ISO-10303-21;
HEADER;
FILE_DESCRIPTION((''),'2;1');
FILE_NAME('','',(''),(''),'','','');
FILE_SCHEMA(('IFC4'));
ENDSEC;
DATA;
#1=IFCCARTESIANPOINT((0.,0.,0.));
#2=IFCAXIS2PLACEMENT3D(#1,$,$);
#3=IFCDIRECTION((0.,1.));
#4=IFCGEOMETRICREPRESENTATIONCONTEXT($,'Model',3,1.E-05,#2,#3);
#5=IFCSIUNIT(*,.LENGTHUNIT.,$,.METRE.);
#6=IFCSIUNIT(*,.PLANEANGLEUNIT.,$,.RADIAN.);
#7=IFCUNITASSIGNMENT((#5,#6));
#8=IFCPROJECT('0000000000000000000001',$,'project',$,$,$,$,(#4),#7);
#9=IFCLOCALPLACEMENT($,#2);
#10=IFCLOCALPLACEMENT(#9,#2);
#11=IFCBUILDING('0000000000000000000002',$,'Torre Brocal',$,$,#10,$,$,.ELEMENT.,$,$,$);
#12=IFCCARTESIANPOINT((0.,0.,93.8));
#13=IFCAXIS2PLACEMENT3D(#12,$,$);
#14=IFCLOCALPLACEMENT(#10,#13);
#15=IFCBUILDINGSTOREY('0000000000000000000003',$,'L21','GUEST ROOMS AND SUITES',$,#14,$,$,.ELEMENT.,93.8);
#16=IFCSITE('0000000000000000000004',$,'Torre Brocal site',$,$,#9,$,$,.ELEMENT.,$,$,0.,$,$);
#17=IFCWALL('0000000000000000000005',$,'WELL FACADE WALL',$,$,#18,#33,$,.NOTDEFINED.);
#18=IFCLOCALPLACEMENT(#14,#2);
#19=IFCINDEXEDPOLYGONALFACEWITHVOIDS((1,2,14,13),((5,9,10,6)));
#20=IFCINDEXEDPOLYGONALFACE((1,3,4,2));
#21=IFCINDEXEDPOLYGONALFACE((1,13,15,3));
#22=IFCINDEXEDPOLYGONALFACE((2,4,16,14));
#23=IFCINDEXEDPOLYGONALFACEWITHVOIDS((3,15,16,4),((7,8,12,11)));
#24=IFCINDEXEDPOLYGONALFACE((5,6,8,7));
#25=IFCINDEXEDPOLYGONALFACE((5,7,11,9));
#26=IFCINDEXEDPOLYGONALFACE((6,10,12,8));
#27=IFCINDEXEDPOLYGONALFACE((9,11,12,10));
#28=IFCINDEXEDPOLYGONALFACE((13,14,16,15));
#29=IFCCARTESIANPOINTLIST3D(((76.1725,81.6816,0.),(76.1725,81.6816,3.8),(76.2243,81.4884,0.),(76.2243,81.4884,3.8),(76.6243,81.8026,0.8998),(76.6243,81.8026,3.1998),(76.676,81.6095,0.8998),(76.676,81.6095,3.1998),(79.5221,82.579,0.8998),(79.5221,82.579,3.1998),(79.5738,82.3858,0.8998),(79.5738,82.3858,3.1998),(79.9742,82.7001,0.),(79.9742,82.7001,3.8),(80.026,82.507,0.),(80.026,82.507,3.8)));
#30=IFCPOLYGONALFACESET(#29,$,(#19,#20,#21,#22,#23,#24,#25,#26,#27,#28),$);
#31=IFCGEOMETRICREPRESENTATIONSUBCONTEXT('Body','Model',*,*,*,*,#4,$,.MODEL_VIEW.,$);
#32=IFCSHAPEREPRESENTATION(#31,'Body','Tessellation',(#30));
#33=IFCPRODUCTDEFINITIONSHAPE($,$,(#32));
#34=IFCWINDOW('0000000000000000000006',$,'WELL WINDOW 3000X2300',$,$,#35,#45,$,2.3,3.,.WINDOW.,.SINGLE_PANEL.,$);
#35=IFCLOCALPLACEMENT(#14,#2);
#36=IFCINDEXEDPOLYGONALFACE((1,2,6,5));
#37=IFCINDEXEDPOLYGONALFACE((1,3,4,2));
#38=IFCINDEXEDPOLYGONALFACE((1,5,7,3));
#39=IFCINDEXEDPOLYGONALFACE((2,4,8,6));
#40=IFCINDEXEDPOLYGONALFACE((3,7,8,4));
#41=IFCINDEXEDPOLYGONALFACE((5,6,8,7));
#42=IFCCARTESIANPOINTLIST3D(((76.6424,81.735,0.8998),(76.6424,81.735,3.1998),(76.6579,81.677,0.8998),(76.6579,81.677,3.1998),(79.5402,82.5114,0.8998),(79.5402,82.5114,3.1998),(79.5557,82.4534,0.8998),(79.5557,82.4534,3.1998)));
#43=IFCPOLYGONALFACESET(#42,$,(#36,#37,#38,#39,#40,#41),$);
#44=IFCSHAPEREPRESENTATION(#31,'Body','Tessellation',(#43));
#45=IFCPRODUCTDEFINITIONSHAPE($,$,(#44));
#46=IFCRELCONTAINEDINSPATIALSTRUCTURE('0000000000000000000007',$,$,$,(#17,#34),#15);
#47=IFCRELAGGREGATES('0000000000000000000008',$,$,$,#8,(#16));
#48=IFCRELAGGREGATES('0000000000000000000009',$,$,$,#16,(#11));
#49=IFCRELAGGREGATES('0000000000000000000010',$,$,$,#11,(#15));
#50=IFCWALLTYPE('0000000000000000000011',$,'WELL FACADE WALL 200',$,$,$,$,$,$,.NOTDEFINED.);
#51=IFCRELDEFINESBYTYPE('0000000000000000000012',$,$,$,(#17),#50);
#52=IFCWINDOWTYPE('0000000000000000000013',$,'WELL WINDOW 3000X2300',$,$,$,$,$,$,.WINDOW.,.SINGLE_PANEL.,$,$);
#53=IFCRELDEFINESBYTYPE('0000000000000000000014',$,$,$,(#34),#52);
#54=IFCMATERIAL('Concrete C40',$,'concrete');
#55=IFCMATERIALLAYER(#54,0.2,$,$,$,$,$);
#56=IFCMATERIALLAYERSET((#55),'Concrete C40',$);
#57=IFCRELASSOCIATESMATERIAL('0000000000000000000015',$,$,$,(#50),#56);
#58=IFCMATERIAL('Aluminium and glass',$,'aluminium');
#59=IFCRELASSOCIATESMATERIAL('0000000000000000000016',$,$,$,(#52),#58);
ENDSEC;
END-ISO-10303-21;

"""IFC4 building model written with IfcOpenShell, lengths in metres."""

from ifc_helpers import new_model, si_unit, direction, frame, frame_2d, origin, place, context, subcontext, project, spatial, rectangle, extrude, material, layer, layer_set, type_object, element, fill, save


model = new_model("IFC4")

# Units and contexts
model_context = context("Model", 3, precision=1e-05, world=origin(), true_north=direction((0.0, 1.0)))
body_context = subcontext(model_context, "Body", "Model", "MODEL_VIEW")
ifc_project = project(units=[si_unit("LENGTHUNIT", "METRE"), si_unit("PLANEANGLEUNIT", "RADIAN")], contexts=[model_context])

# Site, building, storey
site_placement = place(None, origin())
site = spatial("IfcSite", under=ifc_project, at=site_placement, Name="Torre Brocal site", CompositionType="ELEMENT", RefElevation=0.0)
building_placement = place(site_placement, origin())
building = spatial("IfcBuilding", under=site, at=building_placement, Name="Torre Brocal", CompositionType="ELEMENT")
storey_placement = place(building_placement, frame((0.0, 0.0, 93.8)))
storey = spatial("IfcBuildingStorey", under=building, at=storey_placement, Name="L21", Description="GUEST ROOMS AND SUITES", CompositionType="ELEMENT", Elevation=93.8)

# Wall, opening, window
ifc_material_1 = material(Name="Concrete C40", Category="concrete")
ifc_layer_1 = layer(ifc_material_1, 0.2)
ifc_layer_set_1 = layer_set([ifc_layer_1], Name="Concrete C40")
wall_type_1 = type_object("IfcWallType", Name="WELL FACADE WALL 200", PredefinedType="NOTDEFINED", material=ifc_layer_set_1)
wall_1_placement = place(storey_placement, frame((80.0, 82.6035, 0.0), z_axis=(0.0, 0.0, 1.0), x_axis=(-0.965934, -0.25879, 0.0)))
wall_1 = element("IfcWall", 1, at=wall_1_placement, inside=storey, type_object=wall_type_1, Name="WELL FACADE WALL", PredefinedType="NOTDEFINED", context=body_context, shape_type="SweptSolid", body=[
    extrude(rectangle(XDim=3.9358, YDim=0.2, at=frame_2d((1.9678, 0.0))), origin(), (0.0, 0.0, 1.0), 3.8),
])
opening_1_placement = place(wall_1_placement, frame((0.468, 0.0, 0.8999)))
opening_1 = element("IfcOpeningElement", 2, at=opening_1_placement, cuts=wall_1, PredefinedType="OPENING", context=body_context, shape_type="SweptSolid", body=[
    extrude(rectangle(XDim=3.0, YDim=2.3, at=frame_2d((1.5, 1.1499))), frame((0.0, 0.1099, 0.0), z_axis=(0.0, -1.0, 0.0), x_axis=(1.0, 0.0, 0.0)), (0.0, 0.0, 1.0), 0.22),
])
ifc_material_2 = material(Name="Aluminium and glass", Category="aluminium")
window_type = type_object("IfcWindowType", Name="WELL WINDOW 3000X2300", PartitioningType="SINGLE_PANEL", PredefinedType="WINDOW", material=ifc_material_2)
window_placement = place(opening_1_placement, origin())
window = element("IfcWindow", 3, at=window_placement, inside=storey, type_object=window_type, Name="WELL WINDOW 3000X2300", OverallHeight=2.3, OverallWidth=3.0, PartitioningType="SINGLE_PANEL", PredefinedType="WINDOW", context=body_context, shape_type="SweptSolid", body=[
    extrude(rectangle(XDim=3.0, YDim=2.3, at=frame_2d((1.5, 1.1499))), frame((0.0, 0.03, 0.0), z_axis=(0.0, -1.0, 0.0), x_axis=(1.0, 0.0, 0.0)), (0.0, 0.0, 1.0), 0.0601),
])
fill(opening_1, window)

save(model, "model.ifc")
